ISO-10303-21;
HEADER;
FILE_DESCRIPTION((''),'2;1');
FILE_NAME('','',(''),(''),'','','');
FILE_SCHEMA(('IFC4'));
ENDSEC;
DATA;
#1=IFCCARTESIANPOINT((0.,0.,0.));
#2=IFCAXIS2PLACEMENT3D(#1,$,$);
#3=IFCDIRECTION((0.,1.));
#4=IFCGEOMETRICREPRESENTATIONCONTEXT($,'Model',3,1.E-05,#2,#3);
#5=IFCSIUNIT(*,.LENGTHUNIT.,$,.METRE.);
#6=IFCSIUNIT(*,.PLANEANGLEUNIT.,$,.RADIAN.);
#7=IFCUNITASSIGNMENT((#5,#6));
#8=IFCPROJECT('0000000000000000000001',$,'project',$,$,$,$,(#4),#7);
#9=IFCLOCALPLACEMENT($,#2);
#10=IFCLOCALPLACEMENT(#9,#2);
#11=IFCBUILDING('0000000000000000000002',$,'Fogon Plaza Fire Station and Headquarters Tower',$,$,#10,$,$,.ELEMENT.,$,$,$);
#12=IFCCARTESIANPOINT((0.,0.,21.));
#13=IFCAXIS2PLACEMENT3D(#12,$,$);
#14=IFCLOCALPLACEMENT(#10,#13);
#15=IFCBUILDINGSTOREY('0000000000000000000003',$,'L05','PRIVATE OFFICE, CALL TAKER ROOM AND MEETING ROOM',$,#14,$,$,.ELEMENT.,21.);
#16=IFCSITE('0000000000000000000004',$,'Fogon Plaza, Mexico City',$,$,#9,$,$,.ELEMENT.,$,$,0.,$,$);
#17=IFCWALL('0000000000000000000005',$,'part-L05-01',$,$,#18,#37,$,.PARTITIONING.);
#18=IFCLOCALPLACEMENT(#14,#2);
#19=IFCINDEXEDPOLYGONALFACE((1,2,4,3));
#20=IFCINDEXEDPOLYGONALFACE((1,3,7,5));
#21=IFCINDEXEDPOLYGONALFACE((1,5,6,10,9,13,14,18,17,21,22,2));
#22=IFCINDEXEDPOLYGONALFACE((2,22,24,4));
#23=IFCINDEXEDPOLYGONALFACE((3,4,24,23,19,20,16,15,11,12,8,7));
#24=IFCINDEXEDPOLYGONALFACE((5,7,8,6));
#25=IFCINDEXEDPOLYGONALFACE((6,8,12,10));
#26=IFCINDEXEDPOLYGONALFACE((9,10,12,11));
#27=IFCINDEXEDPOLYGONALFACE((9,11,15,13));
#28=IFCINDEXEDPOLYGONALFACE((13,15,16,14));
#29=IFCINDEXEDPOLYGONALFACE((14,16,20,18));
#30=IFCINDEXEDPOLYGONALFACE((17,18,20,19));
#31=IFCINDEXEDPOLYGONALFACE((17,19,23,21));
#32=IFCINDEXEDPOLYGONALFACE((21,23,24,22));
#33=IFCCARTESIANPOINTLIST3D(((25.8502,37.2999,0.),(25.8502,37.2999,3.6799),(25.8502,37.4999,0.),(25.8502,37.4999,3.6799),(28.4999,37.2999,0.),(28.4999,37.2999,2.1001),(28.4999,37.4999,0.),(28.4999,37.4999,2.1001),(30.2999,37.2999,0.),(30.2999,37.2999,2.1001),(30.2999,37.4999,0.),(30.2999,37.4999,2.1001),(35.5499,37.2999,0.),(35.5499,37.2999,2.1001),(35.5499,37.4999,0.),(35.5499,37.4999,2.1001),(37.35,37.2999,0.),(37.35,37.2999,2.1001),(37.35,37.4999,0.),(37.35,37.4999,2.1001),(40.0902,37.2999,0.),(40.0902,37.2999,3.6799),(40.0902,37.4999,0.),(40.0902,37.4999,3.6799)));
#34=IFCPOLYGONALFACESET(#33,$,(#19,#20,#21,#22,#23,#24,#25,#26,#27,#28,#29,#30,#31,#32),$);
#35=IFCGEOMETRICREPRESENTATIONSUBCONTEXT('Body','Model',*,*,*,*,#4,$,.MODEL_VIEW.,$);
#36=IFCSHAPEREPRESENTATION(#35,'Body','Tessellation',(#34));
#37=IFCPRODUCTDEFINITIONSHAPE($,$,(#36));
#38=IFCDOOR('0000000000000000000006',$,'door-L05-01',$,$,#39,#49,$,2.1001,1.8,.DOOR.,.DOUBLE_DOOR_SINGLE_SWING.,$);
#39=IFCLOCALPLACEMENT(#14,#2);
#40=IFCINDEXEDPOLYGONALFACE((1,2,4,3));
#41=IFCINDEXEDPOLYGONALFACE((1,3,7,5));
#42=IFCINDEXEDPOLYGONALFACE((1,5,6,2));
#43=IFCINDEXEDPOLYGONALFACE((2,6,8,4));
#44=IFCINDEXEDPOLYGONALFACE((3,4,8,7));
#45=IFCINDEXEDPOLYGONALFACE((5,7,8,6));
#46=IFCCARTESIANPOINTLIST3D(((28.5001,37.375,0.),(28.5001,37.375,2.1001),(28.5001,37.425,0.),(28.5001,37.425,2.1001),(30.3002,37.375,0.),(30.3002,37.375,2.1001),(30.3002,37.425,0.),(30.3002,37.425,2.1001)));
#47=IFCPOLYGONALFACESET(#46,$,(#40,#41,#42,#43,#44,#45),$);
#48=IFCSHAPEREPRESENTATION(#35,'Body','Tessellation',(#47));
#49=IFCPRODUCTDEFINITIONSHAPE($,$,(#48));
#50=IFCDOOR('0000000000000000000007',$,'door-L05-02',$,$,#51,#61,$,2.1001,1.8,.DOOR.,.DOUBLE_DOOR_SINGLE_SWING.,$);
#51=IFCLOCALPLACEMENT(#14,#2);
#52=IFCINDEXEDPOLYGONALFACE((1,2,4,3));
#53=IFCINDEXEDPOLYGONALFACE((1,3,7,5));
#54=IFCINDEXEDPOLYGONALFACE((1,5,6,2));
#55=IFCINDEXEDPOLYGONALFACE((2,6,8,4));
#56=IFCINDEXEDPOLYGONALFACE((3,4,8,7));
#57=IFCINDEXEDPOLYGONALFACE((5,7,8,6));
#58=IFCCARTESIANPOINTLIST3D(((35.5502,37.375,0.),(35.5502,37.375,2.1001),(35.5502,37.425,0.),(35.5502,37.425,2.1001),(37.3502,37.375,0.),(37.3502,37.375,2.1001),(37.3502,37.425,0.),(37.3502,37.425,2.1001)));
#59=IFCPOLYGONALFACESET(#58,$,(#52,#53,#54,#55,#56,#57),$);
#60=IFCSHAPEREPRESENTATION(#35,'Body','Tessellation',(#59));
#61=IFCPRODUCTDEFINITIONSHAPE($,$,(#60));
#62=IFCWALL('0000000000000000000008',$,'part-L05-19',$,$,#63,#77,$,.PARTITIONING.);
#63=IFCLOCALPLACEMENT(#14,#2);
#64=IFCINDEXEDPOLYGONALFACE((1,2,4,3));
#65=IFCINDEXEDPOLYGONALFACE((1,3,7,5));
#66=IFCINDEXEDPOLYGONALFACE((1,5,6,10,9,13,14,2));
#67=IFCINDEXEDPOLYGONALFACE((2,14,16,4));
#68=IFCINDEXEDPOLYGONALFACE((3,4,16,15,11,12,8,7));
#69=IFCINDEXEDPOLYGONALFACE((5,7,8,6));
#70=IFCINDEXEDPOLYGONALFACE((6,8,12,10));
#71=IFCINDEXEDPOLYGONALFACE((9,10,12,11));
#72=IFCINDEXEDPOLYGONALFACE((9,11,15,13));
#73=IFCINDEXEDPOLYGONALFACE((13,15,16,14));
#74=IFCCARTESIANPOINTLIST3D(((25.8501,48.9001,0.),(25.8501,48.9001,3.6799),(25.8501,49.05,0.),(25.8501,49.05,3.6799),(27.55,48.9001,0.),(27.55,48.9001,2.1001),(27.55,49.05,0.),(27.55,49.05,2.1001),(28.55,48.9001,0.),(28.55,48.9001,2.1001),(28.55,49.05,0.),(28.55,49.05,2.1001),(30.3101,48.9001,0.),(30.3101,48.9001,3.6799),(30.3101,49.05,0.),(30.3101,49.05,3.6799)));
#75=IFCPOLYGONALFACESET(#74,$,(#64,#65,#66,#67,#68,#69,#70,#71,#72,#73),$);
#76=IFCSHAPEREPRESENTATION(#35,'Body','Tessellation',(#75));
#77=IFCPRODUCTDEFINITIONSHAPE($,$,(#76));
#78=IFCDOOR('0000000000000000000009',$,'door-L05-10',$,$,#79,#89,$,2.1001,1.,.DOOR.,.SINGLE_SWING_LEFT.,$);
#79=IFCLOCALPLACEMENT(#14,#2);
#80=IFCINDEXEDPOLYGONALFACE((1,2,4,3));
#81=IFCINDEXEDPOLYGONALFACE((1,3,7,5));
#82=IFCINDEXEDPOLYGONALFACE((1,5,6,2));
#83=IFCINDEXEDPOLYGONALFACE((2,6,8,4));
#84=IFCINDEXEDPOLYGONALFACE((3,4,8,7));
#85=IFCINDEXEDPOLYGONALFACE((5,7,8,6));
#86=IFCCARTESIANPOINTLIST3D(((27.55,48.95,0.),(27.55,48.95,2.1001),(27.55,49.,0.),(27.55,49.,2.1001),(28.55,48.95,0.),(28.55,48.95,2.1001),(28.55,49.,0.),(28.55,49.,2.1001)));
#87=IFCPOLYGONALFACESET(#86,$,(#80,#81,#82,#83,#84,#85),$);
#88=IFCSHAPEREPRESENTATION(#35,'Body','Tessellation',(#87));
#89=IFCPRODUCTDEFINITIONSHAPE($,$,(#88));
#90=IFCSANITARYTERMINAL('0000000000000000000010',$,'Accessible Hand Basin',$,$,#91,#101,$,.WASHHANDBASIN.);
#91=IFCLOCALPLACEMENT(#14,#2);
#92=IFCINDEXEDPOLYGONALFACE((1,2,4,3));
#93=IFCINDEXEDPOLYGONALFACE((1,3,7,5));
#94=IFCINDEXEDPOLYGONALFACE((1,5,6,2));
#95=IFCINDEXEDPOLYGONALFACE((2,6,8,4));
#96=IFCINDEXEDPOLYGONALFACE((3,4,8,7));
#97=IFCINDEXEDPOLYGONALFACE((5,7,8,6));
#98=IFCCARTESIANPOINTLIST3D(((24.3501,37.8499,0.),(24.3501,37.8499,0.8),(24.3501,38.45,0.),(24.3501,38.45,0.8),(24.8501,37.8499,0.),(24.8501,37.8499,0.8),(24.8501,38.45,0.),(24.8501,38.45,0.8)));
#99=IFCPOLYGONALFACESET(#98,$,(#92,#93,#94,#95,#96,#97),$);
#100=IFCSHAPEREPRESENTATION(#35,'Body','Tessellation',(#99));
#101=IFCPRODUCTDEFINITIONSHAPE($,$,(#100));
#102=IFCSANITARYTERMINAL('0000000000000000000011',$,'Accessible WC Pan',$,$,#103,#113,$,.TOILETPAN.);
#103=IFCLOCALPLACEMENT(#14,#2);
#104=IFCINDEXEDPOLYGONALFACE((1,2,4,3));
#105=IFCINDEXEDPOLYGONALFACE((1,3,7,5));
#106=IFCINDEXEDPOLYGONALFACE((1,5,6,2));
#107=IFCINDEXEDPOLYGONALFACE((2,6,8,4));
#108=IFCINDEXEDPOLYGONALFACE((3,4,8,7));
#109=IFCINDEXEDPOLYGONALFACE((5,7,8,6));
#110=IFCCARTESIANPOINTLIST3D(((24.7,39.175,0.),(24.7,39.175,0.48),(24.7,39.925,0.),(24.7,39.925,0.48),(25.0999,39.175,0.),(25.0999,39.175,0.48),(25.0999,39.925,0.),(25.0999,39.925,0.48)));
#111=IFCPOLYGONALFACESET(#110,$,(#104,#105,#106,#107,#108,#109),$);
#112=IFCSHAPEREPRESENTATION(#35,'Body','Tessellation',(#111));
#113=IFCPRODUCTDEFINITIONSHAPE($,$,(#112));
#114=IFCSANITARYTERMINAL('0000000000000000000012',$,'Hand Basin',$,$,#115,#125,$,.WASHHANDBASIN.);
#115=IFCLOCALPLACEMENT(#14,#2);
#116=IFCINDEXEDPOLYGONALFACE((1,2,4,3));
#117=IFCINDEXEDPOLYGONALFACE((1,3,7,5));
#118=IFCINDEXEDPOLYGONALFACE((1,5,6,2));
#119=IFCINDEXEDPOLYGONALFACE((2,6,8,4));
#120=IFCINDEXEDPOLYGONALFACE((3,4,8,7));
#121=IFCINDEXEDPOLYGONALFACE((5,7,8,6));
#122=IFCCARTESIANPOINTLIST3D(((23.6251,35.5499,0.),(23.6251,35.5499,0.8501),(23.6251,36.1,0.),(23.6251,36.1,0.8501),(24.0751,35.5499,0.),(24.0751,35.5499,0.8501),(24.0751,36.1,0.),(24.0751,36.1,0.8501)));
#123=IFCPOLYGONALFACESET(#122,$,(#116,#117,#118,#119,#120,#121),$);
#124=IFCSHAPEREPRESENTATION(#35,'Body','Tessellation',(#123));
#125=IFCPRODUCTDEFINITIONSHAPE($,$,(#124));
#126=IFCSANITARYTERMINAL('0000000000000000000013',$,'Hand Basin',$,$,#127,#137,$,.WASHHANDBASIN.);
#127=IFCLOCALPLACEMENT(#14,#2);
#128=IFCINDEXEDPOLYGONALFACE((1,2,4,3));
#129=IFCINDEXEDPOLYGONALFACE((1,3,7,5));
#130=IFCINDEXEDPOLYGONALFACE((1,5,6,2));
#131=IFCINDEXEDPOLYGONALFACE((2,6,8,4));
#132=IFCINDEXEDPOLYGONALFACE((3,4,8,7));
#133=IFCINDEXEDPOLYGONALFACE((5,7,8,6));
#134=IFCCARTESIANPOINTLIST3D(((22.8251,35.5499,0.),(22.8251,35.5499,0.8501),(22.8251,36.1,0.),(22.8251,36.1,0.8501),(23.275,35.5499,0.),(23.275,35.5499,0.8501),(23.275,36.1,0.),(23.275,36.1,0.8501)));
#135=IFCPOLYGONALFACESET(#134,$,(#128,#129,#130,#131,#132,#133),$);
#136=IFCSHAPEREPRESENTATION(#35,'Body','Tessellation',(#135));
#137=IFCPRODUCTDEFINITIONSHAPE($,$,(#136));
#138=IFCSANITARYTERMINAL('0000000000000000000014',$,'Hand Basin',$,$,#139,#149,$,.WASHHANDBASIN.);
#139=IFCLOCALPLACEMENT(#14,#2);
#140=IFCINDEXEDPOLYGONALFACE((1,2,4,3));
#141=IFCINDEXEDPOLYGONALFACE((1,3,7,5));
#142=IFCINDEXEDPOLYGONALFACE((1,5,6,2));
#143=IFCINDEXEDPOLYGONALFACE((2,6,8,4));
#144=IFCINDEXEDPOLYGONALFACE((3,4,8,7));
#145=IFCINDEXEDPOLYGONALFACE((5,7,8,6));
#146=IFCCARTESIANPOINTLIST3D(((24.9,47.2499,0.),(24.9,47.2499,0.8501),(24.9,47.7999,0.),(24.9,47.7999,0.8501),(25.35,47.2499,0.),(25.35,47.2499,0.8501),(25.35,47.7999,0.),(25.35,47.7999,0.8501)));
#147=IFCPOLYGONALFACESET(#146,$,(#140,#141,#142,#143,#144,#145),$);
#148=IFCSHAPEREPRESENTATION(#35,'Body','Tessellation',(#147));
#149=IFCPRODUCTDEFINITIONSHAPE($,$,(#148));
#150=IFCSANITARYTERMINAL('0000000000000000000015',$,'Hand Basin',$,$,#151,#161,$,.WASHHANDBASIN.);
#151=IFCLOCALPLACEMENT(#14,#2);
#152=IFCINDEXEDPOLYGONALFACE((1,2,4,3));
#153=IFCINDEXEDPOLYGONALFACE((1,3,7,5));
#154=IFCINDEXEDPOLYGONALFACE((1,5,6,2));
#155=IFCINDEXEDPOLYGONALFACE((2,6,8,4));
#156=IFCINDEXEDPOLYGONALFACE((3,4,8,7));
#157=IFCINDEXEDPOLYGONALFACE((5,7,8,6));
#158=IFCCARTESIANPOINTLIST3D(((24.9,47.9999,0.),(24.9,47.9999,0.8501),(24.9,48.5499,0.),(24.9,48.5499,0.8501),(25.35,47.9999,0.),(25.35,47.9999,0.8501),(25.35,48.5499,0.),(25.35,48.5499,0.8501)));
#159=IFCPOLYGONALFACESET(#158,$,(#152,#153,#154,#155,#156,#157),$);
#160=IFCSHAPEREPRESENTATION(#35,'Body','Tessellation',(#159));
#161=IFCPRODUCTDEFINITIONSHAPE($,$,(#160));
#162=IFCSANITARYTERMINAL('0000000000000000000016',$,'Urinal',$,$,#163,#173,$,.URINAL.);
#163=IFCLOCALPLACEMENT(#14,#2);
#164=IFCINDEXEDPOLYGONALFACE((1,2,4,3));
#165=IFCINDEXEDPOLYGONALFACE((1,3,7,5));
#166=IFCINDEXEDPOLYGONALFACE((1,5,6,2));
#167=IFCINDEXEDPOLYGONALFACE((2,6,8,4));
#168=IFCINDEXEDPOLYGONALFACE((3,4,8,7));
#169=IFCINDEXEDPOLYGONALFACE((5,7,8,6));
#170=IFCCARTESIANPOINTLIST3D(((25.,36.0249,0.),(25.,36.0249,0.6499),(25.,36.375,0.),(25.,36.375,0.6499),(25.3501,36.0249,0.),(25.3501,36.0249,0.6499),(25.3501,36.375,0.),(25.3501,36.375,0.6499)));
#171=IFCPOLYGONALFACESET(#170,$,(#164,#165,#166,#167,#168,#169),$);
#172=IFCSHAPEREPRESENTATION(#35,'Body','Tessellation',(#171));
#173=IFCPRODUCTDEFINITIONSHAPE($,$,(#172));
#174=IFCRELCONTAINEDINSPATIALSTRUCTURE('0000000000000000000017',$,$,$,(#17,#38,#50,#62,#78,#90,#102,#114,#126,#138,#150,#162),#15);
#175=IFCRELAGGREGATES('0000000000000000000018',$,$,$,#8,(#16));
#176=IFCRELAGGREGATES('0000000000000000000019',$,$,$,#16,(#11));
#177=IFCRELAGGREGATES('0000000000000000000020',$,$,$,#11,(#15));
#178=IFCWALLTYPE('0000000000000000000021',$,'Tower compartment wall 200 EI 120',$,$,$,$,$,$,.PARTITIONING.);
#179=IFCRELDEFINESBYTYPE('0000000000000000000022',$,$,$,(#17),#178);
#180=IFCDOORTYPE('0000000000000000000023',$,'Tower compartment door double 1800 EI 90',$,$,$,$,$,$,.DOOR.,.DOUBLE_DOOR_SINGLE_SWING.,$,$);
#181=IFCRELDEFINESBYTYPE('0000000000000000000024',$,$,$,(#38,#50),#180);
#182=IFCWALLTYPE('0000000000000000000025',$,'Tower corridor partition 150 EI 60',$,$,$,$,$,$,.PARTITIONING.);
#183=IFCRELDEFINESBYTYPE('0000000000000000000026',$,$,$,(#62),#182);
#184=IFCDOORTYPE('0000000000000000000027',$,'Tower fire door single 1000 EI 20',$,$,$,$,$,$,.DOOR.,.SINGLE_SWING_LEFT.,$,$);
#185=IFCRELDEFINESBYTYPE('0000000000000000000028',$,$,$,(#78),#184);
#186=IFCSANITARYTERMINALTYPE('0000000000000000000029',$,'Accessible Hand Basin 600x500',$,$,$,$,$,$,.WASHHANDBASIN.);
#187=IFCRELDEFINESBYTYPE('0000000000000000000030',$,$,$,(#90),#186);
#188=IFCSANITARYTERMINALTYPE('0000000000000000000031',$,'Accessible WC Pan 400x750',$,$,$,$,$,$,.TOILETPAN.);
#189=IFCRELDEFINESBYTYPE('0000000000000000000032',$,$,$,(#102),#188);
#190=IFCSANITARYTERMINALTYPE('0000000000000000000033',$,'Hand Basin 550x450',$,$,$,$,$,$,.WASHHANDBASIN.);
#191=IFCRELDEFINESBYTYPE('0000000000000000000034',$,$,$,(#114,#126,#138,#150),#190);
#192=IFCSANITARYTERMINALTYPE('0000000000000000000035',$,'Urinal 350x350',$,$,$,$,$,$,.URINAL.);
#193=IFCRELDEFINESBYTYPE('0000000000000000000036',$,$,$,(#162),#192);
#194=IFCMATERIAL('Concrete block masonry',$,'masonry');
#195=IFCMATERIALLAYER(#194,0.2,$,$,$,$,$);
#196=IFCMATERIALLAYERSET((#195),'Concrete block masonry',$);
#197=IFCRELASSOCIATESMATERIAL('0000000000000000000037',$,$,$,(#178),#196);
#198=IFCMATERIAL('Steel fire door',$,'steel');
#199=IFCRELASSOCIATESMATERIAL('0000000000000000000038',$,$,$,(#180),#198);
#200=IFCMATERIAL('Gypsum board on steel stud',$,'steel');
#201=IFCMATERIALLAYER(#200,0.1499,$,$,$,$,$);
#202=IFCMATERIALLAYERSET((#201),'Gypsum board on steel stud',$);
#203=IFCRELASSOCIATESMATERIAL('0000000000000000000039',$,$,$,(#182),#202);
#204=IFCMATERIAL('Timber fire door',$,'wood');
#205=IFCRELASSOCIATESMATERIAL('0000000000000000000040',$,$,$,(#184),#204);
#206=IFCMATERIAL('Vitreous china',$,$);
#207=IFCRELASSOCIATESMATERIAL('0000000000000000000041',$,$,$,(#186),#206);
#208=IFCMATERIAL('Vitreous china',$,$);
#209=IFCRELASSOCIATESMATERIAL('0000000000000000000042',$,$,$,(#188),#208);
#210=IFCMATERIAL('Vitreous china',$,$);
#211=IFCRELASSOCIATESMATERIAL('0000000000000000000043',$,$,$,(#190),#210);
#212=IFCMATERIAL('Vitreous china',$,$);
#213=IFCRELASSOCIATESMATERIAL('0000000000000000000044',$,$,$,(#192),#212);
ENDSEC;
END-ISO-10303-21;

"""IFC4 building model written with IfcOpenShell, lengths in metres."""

from ifc_helpers import new_model, si_unit, direction, frame, frame_2d, origin, origin_2d, place, context, subcontext, project, spatial, rectangle, extrude, material, layer, layer_set, type_object, element, fill, save


model = new_model("IFC4")

# Units and contexts
model_context = context("Model", 3, precision=1e-05, world=origin(), true_north=direction((0.0, 1.0)))
body_context = subcontext(model_context, "Body", "Model", "MODEL_VIEW")
ifc_project = project(units=[si_unit("LENGTHUNIT", "METRE"), si_unit("PLANEANGLEUNIT", "RADIAN")], contexts=[model_context])

# Site, building, storey
site_placement = place(None, origin())
site = spatial("IfcSite", under=ifc_project, at=site_placement, Name="Fogon Plaza, Mexico City", CompositionType="ELEMENT", RefElevation=0.0)
building_placement = place(site_placement, origin())
building = spatial("IfcBuilding", under=site, at=building_placement, Name="Fogon Plaza Fire Station and Headquarters Tower", CompositionType="ELEMENT")
storey_placement = place(building_placement, frame((0.0, 0.0, 21.0)))
storey = spatial("IfcBuildingStorey", under=building, at=storey_placement, Name="L05", Description="PRIVATE OFFICE, CALL TAKER ROOM AND MEETING ROOM", CompositionType="ELEMENT", Elevation=21.0)

# Wall, openings, doors
ifc_material_1 = material(Name="Concrete block masonry", Category="masonry")
ifc_layer_1 = layer(ifc_material_1, 0.2)
ifc_layer_set_1 = layer_set([ifc_layer_1], Name="Concrete block masonry")
wall_type_1 = type_object("IfcWallType", Name="Tower compartment wall 200 EI 120", PredefinedType="PARTITIONING", material=ifc_layer_set_1)
wall_1_placement = place(storey_placement, frame((25.8501, 37.3999, 0.0), z_axis=(0.0, 0.0, 1.0), x_axis=(1.0, 0.0, 0.0)))
wall_1 = element("IfcWall", 1, at=wall_1_placement, inside=storey, type_object=wall_type_1, Name="part-L05-01", PredefinedType="PARTITIONING", context=body_context, shape_type="SweptSolid", body=[
    extrude(rectangle(XDim=14.24, YDim=0.2, at=frame_2d((7.1201, 0.0))), origin(), (0.0, 0.0, 1.0), 3.6799),
])
opening_1_placement = place(wall_1_placement, frame((2.6499, 0.0, 0.0)))
opening_1 = element("IfcOpeningElement", 2, at=opening_1_placement, cuts=wall_1, PredefinedType="OPENING", context=body_context, shape_type="SweptSolid", body=[
    extrude(rectangle(XDim=1.8, YDim=2.1001, at=frame_2d((0.8999, 1.05))), frame((0.0, 0.1099, 0.0), z_axis=(0.0, -1.0, 0.0), x_axis=(1.0, 0.0, 0.0)), (0.0, 0.0, 1.0), 0.22),
])
opening_2_placement = place(wall_1_placement, frame((9.7, 0.0, 0.0)))
opening_2 = element("IfcOpeningElement", 3, at=opening_2_placement, cuts=wall_1, PredefinedType="OPENING", context=body_context, shape_type="SweptSolid", body=[
    extrude(rectangle(XDim=1.8, YDim=2.1001, at=frame_2d((0.8999, 1.05))), frame((0.0, 0.1099, 0.0), z_axis=(0.0, -1.0, 0.0), x_axis=(1.0, 0.0, 0.0)), (0.0, 0.0, 1.0), 0.22),
])
ifc_material_2 = material(Name="Steel fire door", Category="steel")
door_type_1 = type_object("IfcDoorType", Name="Tower compartment door double 1800 EI 90", OperationType="DOUBLE_DOOR_SINGLE_SWING", PredefinedType="DOOR", material=ifc_material_2)
door_1_placement = place(opening_1_placement, frame((1.8, 0.0, 0.0), z_axis=(0.0, 0.0, 1.0), x_axis=(-1.0, 0.0, 0.0)))
door_1 = element("IfcDoor", 4, at=door_1_placement, inside=storey, type_object=door_type_1, Name="door-L05-01", OperationType="DOUBLE_DOOR_SINGLE_SWING", OverallHeight=2.1001, OverallWidth=1.8, PredefinedType="DOOR", context=body_context, shape_type="SweptSolid", body=[
    extrude(rectangle(XDim=1.8, YDim=2.1001, at=frame_2d((0.8999, 1.05))), frame((0.0, 0.0249, 0.0), z_axis=(0.0, -1.0, 0.0), x_axis=(1.0, 0.0, 0.0)), (0.0, 0.0, 1.0), 0.05),
])
fill(opening_1, door_1)
door_2_placement = place(opening_2_placement, frame((1.8, 0.0, 0.0), z_axis=(0.0, 0.0, 1.0), x_axis=(-1.0, 0.0, 0.0)))
door_2 = element("IfcDoor", 5, at=door_2_placement, inside=storey, type_object=door_type_1, Name="door-L05-02", OperationType="DOUBLE_DOOR_SINGLE_SWING", OverallHeight=2.1001, OverallWidth=1.8, PredefinedType="DOOR", context=body_context, shape_type="SweptSolid", body=[
    extrude(rectangle(XDim=1.8, YDim=2.1001, at=frame_2d((0.8999, 1.05))), frame((0.0, 0.0249, 0.0), z_axis=(0.0, -1.0, 0.0), x_axis=(1.0, 0.0, 0.0)), (0.0, 0.0, 1.0), 0.05),
])
fill(opening_2, door_2)

# Wall, opening, door
ifc_material_3 = material(Name="Gypsum board on steel stud", Category="steel")
ifc_layer_2 = layer(ifc_material_3, 0.1499)
ifc_layer_set_2 = layer_set([ifc_layer_2], Name="Gypsum board on steel stud")
wall_type_2 = type_object("IfcWallType", Name="Tower corridor partition 150 EI 60", PredefinedType="PARTITIONING", material=ifc_layer_set_2)
wall_2_placement = place(storey_placement, frame((25.8501, 48.9751, 0.0), z_axis=(0.0, 0.0, 1.0), x_axis=(1.0, 0.0, 0.0)))
wall_2 = element("IfcWall", 6, at=wall_2_placement, inside=storey, type_object=wall_type_2, Name="part-L05-19", PredefinedType="PARTITIONING", context=body_context, shape_type="SweptSolid", body=[
    extrude(rectangle(XDim=4.46, YDim=0.1499, at=frame_2d((2.23, 0.0))), origin(), (0.0, 0.0, 1.0), 3.6799),
])
opening_3_placement = place(wall_2_placement, frame((1.7, 0.0, 0.0)))
opening_3 = element("IfcOpeningElement", 7, at=opening_3_placement, cuts=wall_2, PredefinedType="OPENING", context=body_context, shape_type="SweptSolid", body=[
    extrude(rectangle(XDim=1.0, YDim=2.1001, at=frame_2d((0.5, 1.05))), frame((0.0, 0.085, 0.0), z_axis=(0.0, -1.0, 0.0), x_axis=(1.0, 0.0, 0.0)), (0.0, 0.0, 1.0), 0.1699),
])
ifc_material_4 = material(Name="Timber fire door", Category="wood")
door_type_2 = type_object("IfcDoorType", Name="Tower fire door single 1000 EI 20", OperationType="SINGLE_SWING_LEFT", PredefinedType="DOOR", material=ifc_material_4)
door_3_placement = place(opening_3_placement, origin())
door_3 = element("IfcDoor", 8, at=door_3_placement, inside=storey, type_object=door_type_2, Name="door-L05-10", OperationType="SINGLE_SWING_LEFT", OverallHeight=2.1001, OverallWidth=1.0, PredefinedType="DOOR", context=body_context, shape_type="SweptSolid", body=[
    extrude(rectangle(XDim=1.0, YDim=2.1001, at=frame_2d((0.5, 1.05))), frame((0.0, 0.0249, 0.0), z_axis=(0.0, -1.0, 0.0), x_axis=(1.0, 0.0, 0.0)), (0.0, 0.0, 1.0), 0.05),
])
fill(opening_3, door_3)

# Sanitary terminals
ifc_material_5 = material(Name="Vitreous china")
sanitary_terminal_type_1 = type_object("IfcSanitaryTerminalType", Name="Accessible Hand Basin 600x500", PredefinedType="WASHHANDBASIN", material=ifc_material_5)
sanitary_terminal_1_placement = place(storey_placement, frame((24.6001, 38.1499, 0.0), z_axis=(0.0, 0.0, 1.0), x_axis=(1.0, 0.0, 0.0)))
element("IfcSanitaryTerminal", 9, at=sanitary_terminal_1_placement, inside=storey, type_object=sanitary_terminal_type_1, Name="Accessible Hand Basin", PredefinedType="WASHHANDBASIN", context=body_context, shape_type="SweptSolid", body=[
    extrude(rectangle(XDim=0.5, YDim=0.6001, at=origin_2d()), origin(), (0.0, 0.0, 1.0), 0.8),
])
ifc_material_6 = material(Name="Vitreous china")
sanitary_terminal_type_2 = type_object("IfcSanitaryTerminalType", Name="Accessible WC Pan 400x750", PredefinedType="TOILETPAN", material=ifc_material_6)
sanitary_terminal_2_placement = place(storey_placement, frame((24.8999, 39.55, 0.0), z_axis=(0.0, 0.0, 1.0), x_axis=(1.0, 0.0, 0.0)))
element("IfcSanitaryTerminal", 10, at=sanitary_terminal_2_placement, inside=storey, type_object=sanitary_terminal_type_2, Name="Accessible WC Pan", PredefinedType="TOILETPAN", context=body_context, shape_type="SweptSolid", body=[
    extrude(rectangle(XDim=0.3999, YDim=0.75, at=origin_2d()), origin(), (0.0, 0.0, 1.0), 0.48),
])
ifc_material_7 = material(Name="Vitreous china")
sanitary_terminal_type_3 = type_object("IfcSanitaryTerminalType", Name="Hand Basin 550x450", PredefinedType="WASHHANDBASIN", material=ifc_material_7)
for number, where, z_axis, x_axis, name in (
    (11, (23.8501, 35.825, 0.0), (0.0, 0.0, 1.0), (1.0, 0.0, 0.0), "Hand Basin"),
    (12, (23.05, 35.825, 0.0), (0.0, 0.0, 1.0), (1.0, 0.0, 0.0), "Hand Basin"),
    (13, (25.125, 47.5249, 0.0), (0.0, 0.0, 1.0), (1.0, 0.0, 0.0), "Hand Basin"),
    (14, (25.125, 48.2749, 0.0), (0.0, 0.0, 1.0), (1.0, 0.0, 0.0), "Hand Basin"),
):
    element("IfcSanitaryTerminal", number, at=place(storey_placement, frame(where, z_axis=z_axis, x_axis=x_axis)), inside=storey, type_object=sanitary_terminal_type_3, Name=name, PredefinedType="WASHHANDBASIN", context=body_context, shape_type="SweptSolid", body=[
        extrude(rectangle(XDim=0.45, YDim=0.55, at=origin_2d()), origin(), (0.0, 0.0, 1.0), 0.8501),
    ])
ifc_material_8 = material(Name="Vitreous china")
sanitary_terminal_type_4 = type_object("IfcSanitaryTerminalType", Name="Urinal 350x350", PredefinedType="URINAL", material=ifc_material_8)
for number, where, z_axis, x_axis, name in (
    (15, (25.175, 36.2, 0.0), (0.0, 0.0, 1.0), (1.0, 0.0, 0.0), "Urinal"),
):
    element("IfcSanitaryTerminal", number, at=place(storey_placement, frame(where, z_axis=z_axis, x_axis=x_axis)), inside=storey, type_object=sanitary_terminal_type_4, Name=name, PredefinedType="URINAL", context=body_context, shape_type="SweptSolid", body=[
        extrude(rectangle(XDim=0.3501, YDim=0.3501, at=origin_2d()), origin(), (0.0, 0.0, 1.0), 0.6499),
    ])

save(model, "model.ifc")
